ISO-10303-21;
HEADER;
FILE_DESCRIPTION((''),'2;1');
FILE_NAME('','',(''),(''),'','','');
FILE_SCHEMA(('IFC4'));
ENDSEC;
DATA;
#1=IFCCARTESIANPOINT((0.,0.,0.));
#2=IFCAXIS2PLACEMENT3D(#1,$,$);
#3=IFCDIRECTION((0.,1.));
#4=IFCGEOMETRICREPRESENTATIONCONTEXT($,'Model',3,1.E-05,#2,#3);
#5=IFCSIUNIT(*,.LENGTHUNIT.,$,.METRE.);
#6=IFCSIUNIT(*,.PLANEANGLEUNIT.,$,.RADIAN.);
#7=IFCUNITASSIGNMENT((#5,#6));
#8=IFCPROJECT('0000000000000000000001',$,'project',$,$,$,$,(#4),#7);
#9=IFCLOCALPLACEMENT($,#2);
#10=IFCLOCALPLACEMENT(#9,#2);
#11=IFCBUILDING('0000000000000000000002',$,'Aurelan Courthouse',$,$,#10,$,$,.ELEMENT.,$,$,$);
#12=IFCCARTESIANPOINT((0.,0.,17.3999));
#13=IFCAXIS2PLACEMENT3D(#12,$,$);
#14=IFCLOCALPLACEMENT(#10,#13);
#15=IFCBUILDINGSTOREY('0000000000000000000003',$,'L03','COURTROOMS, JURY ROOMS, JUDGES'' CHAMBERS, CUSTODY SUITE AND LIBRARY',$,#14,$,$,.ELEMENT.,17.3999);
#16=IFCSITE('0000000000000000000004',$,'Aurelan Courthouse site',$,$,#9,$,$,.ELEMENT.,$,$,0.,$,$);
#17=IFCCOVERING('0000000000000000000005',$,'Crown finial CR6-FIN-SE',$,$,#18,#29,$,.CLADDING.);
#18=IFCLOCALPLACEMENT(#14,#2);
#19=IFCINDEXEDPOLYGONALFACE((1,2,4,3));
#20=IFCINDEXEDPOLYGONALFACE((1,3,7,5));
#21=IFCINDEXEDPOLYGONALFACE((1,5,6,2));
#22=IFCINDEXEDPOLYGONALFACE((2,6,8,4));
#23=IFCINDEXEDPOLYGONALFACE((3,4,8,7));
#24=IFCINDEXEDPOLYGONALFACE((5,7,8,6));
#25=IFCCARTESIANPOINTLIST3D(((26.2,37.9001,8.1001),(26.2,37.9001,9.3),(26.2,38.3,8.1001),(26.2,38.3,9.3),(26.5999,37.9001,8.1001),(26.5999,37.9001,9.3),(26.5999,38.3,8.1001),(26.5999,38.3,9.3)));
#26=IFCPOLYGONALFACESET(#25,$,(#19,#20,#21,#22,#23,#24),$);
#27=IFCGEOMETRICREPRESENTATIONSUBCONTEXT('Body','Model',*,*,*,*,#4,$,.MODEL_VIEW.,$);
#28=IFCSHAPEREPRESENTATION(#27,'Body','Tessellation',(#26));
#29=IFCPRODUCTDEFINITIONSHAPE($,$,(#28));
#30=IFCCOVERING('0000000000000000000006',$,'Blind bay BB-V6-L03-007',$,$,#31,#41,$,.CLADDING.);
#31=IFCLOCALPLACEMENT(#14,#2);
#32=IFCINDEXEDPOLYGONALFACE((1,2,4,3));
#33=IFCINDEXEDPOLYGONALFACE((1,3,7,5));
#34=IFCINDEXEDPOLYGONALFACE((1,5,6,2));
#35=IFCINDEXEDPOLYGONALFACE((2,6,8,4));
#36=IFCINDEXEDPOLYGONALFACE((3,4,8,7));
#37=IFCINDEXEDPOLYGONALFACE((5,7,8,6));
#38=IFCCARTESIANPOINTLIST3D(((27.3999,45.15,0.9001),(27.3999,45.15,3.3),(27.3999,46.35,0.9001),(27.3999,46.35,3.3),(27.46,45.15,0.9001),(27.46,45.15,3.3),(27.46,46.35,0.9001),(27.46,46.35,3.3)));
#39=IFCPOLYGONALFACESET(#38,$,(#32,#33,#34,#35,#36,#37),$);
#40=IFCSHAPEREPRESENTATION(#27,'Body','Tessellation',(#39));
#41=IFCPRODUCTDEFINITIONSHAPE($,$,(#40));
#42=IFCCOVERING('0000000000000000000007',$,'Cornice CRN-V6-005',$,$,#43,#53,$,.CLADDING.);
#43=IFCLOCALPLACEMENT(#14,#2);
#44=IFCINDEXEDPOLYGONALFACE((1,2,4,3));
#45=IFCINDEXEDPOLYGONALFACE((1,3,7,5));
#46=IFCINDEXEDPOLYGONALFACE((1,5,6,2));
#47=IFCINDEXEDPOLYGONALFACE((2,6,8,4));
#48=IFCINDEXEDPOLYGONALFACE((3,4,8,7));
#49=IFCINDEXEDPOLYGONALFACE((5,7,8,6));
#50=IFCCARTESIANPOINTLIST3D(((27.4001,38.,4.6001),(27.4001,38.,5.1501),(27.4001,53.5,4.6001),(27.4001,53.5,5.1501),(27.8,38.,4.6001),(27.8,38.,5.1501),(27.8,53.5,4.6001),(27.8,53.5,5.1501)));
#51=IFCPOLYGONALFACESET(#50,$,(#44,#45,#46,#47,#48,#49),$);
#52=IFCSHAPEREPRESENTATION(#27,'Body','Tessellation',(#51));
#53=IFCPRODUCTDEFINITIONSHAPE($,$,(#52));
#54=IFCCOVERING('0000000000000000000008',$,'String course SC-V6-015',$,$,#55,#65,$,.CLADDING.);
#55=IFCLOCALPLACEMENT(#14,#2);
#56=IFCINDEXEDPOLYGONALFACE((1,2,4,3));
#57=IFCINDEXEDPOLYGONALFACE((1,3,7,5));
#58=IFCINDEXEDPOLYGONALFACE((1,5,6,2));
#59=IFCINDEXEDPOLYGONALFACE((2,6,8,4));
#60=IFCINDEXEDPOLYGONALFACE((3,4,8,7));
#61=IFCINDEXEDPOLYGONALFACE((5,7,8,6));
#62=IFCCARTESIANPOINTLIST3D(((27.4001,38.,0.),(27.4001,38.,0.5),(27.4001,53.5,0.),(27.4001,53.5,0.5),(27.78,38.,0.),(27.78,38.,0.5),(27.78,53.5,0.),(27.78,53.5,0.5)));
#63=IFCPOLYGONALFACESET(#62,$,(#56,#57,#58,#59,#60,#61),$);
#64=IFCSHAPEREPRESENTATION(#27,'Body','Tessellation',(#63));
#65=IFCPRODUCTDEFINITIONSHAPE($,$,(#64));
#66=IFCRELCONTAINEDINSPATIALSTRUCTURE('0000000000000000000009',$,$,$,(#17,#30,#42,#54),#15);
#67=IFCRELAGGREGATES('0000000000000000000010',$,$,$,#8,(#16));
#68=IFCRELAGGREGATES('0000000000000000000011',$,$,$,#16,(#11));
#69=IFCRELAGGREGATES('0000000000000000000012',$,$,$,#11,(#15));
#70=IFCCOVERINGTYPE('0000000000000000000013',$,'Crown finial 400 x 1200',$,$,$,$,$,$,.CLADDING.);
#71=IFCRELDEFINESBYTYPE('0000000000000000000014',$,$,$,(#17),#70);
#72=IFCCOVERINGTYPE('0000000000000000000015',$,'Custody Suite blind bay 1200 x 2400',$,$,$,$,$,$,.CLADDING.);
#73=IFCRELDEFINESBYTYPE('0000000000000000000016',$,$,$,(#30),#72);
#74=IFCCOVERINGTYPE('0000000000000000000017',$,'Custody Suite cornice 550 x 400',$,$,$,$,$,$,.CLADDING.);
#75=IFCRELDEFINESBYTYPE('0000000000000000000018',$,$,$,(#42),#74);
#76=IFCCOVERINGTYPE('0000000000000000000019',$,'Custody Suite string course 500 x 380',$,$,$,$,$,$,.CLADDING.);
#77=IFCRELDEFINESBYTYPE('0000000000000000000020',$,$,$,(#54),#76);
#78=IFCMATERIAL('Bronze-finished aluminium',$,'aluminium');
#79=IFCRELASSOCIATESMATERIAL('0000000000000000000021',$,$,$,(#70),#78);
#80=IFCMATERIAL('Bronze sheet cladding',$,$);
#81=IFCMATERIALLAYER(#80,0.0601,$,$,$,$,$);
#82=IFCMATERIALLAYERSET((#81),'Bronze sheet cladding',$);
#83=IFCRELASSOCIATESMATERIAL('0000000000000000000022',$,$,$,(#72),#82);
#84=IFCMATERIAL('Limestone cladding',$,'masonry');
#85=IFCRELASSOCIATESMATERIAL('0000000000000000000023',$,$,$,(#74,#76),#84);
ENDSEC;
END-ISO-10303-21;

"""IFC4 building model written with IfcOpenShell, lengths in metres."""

from ifc_helpers import new_model, si_unit, direction, frame, origin, origin_2d, place, context, subcontext, project, spatial, rectangle, extrude, material, layer, layer_set, type_object, element, save


model = new_model("IFC4")

# Units and contexts
model_context = context("Model", 3, precision=1e-05, world=origin(), true_north=direction((0.0, 1.0)))
body_context = subcontext(model_context, "Body", "Model", "MODEL_VIEW")
ifc_project = project(units=[si_unit("LENGTHUNIT", "METRE"), si_unit("PLANEANGLEUNIT", "RADIAN")], contexts=[model_context])

# Site, building, storey
site_placement = place(None, origin())
site = spatial("IfcSite", under=ifc_project, at=site_placement, Name="Aurelan Courthouse site", CompositionType="ELEMENT", RefElevation=0.0)
building_placement = place(site_placement, origin())
building = spatial("IfcBuilding", under=site, at=building_placement, Name="Aurelan Courthouse", CompositionType="ELEMENT")
storey_placement = place(building_placement, frame((0.0, 0.0, 17.3999)))
storey = spatial("IfcBuildingStorey", under=building, at=storey_placement, Name="L03", Description="COURTROOMS, JURY ROOMS, JUDGES' CHAMBERS, CUSTODY SUITE AND LIBRARY", CompositionType="ELEMENT", Elevation=17.3999)

# Shared definitions
ifc_material_1 = material(Name="Limestone cladding", Category="masonry")

# Coverings
ifc_material_2 = material(Name="Bronze-finished aluminium", Category="aluminium")
covering_type_1 = type_object("IfcCoveringType", Name="Crown finial 400 x 1200", PredefinedType="CLADDING", material=ifc_material_2)
covering_1_placement = place(storey_placement, frame((26.3999, 38.1001, 8.1001), z_axis=(0.0, 0.0, 1.0), x_axis=(1.0, 0.0, 0.0)))
element("IfcCovering", 1, at=covering_1_placement, inside=storey, type_object=covering_type_1, Name="Crown finial CR6-FIN-SE", PredefinedType="CLADDING", context=body_context, shape_type="SweptSolid", body=[
    extrude(rectangle(XDim=0.3999, YDim=0.3999, at=origin_2d()), origin(), (0.0, 0.0, 1.0), 1.2),
])
ifc_material_3 = material(Name="Bronze sheet cladding")
ifc_layer_1 = layer(ifc_material_3, 0.0601)
ifc_layer_set_1 = layer_set([ifc_layer_1], Name="Bronze sheet cladding")
covering_type_2 = type_object("IfcCoveringType", Name="Custody Suite blind bay 1200 x 2400", PredefinedType="CLADDING", material=ifc_layer_set_1)
covering_2_placement = place(storey_placement, frame((27.4299, 45.75, 0.9001), z_axis=(0.0, 0.0, 1.0), x_axis=(1.0, 0.0, 0.0)))
element("IfcCovering", 2, at=covering_2_placement, inside=storey, type_object=covering_type_2, Name="Blind bay BB-V6-L03-007", PredefinedType="CLADDING", context=body_context, shape_type="SweptSolid", body=[
    extrude(rectangle(XDim=0.0601, YDim=1.2, at=origin_2d()), origin(), (0.0, 0.0, 1.0), 2.3999),
])
covering_type_3 = type_object("IfcCoveringType", Name="Custody Suite cornice 550 x 400", PredefinedType="CLADDING", material=ifc_material_1)
covering_3_placement = place(storey_placement, frame((27.6001, 45.75, 4.6001), z_axis=(0.0, 0.0, 1.0), x_axis=(1.0, 0.0, 0.0)))
element("IfcCovering", 3, at=covering_3_placement, inside=storey, type_object=covering_type_3, Name="Cornice CRN-V6-005", PredefinedType="CLADDING", context=body_context, shape_type="SweptSolid", body=[
    extrude(rectangle(XDim=0.3999, YDim=15.5, at=origin_2d()), origin(), (0.0, 0.0, 1.0), 0.55),
])
covering_type_4 = type_object("IfcCoveringType", Name="Custody Suite string course 500 x 380", PredefinedType="CLADDING", material=ifc_material_1)
covering_4_placement = place(storey_placement, frame((27.5901, 45.75, 0.0), z_axis=(0.0, 0.0, 1.0), x_axis=(1.0, 0.0, 0.0)))
element("IfcCovering", 4, at=covering_4_placement, inside=storey, type_object=covering_type_4, Name="String course SC-V6-015", PredefinedType="CLADDING", context=body_context, shape_type="SweptSolid", body=[
    extrude(rectangle(XDim=0.3799, YDim=15.5, at=origin_2d()), origin(), (0.0, 0.0, 1.0), 0.5),
])

save(model, "model.ifc")
